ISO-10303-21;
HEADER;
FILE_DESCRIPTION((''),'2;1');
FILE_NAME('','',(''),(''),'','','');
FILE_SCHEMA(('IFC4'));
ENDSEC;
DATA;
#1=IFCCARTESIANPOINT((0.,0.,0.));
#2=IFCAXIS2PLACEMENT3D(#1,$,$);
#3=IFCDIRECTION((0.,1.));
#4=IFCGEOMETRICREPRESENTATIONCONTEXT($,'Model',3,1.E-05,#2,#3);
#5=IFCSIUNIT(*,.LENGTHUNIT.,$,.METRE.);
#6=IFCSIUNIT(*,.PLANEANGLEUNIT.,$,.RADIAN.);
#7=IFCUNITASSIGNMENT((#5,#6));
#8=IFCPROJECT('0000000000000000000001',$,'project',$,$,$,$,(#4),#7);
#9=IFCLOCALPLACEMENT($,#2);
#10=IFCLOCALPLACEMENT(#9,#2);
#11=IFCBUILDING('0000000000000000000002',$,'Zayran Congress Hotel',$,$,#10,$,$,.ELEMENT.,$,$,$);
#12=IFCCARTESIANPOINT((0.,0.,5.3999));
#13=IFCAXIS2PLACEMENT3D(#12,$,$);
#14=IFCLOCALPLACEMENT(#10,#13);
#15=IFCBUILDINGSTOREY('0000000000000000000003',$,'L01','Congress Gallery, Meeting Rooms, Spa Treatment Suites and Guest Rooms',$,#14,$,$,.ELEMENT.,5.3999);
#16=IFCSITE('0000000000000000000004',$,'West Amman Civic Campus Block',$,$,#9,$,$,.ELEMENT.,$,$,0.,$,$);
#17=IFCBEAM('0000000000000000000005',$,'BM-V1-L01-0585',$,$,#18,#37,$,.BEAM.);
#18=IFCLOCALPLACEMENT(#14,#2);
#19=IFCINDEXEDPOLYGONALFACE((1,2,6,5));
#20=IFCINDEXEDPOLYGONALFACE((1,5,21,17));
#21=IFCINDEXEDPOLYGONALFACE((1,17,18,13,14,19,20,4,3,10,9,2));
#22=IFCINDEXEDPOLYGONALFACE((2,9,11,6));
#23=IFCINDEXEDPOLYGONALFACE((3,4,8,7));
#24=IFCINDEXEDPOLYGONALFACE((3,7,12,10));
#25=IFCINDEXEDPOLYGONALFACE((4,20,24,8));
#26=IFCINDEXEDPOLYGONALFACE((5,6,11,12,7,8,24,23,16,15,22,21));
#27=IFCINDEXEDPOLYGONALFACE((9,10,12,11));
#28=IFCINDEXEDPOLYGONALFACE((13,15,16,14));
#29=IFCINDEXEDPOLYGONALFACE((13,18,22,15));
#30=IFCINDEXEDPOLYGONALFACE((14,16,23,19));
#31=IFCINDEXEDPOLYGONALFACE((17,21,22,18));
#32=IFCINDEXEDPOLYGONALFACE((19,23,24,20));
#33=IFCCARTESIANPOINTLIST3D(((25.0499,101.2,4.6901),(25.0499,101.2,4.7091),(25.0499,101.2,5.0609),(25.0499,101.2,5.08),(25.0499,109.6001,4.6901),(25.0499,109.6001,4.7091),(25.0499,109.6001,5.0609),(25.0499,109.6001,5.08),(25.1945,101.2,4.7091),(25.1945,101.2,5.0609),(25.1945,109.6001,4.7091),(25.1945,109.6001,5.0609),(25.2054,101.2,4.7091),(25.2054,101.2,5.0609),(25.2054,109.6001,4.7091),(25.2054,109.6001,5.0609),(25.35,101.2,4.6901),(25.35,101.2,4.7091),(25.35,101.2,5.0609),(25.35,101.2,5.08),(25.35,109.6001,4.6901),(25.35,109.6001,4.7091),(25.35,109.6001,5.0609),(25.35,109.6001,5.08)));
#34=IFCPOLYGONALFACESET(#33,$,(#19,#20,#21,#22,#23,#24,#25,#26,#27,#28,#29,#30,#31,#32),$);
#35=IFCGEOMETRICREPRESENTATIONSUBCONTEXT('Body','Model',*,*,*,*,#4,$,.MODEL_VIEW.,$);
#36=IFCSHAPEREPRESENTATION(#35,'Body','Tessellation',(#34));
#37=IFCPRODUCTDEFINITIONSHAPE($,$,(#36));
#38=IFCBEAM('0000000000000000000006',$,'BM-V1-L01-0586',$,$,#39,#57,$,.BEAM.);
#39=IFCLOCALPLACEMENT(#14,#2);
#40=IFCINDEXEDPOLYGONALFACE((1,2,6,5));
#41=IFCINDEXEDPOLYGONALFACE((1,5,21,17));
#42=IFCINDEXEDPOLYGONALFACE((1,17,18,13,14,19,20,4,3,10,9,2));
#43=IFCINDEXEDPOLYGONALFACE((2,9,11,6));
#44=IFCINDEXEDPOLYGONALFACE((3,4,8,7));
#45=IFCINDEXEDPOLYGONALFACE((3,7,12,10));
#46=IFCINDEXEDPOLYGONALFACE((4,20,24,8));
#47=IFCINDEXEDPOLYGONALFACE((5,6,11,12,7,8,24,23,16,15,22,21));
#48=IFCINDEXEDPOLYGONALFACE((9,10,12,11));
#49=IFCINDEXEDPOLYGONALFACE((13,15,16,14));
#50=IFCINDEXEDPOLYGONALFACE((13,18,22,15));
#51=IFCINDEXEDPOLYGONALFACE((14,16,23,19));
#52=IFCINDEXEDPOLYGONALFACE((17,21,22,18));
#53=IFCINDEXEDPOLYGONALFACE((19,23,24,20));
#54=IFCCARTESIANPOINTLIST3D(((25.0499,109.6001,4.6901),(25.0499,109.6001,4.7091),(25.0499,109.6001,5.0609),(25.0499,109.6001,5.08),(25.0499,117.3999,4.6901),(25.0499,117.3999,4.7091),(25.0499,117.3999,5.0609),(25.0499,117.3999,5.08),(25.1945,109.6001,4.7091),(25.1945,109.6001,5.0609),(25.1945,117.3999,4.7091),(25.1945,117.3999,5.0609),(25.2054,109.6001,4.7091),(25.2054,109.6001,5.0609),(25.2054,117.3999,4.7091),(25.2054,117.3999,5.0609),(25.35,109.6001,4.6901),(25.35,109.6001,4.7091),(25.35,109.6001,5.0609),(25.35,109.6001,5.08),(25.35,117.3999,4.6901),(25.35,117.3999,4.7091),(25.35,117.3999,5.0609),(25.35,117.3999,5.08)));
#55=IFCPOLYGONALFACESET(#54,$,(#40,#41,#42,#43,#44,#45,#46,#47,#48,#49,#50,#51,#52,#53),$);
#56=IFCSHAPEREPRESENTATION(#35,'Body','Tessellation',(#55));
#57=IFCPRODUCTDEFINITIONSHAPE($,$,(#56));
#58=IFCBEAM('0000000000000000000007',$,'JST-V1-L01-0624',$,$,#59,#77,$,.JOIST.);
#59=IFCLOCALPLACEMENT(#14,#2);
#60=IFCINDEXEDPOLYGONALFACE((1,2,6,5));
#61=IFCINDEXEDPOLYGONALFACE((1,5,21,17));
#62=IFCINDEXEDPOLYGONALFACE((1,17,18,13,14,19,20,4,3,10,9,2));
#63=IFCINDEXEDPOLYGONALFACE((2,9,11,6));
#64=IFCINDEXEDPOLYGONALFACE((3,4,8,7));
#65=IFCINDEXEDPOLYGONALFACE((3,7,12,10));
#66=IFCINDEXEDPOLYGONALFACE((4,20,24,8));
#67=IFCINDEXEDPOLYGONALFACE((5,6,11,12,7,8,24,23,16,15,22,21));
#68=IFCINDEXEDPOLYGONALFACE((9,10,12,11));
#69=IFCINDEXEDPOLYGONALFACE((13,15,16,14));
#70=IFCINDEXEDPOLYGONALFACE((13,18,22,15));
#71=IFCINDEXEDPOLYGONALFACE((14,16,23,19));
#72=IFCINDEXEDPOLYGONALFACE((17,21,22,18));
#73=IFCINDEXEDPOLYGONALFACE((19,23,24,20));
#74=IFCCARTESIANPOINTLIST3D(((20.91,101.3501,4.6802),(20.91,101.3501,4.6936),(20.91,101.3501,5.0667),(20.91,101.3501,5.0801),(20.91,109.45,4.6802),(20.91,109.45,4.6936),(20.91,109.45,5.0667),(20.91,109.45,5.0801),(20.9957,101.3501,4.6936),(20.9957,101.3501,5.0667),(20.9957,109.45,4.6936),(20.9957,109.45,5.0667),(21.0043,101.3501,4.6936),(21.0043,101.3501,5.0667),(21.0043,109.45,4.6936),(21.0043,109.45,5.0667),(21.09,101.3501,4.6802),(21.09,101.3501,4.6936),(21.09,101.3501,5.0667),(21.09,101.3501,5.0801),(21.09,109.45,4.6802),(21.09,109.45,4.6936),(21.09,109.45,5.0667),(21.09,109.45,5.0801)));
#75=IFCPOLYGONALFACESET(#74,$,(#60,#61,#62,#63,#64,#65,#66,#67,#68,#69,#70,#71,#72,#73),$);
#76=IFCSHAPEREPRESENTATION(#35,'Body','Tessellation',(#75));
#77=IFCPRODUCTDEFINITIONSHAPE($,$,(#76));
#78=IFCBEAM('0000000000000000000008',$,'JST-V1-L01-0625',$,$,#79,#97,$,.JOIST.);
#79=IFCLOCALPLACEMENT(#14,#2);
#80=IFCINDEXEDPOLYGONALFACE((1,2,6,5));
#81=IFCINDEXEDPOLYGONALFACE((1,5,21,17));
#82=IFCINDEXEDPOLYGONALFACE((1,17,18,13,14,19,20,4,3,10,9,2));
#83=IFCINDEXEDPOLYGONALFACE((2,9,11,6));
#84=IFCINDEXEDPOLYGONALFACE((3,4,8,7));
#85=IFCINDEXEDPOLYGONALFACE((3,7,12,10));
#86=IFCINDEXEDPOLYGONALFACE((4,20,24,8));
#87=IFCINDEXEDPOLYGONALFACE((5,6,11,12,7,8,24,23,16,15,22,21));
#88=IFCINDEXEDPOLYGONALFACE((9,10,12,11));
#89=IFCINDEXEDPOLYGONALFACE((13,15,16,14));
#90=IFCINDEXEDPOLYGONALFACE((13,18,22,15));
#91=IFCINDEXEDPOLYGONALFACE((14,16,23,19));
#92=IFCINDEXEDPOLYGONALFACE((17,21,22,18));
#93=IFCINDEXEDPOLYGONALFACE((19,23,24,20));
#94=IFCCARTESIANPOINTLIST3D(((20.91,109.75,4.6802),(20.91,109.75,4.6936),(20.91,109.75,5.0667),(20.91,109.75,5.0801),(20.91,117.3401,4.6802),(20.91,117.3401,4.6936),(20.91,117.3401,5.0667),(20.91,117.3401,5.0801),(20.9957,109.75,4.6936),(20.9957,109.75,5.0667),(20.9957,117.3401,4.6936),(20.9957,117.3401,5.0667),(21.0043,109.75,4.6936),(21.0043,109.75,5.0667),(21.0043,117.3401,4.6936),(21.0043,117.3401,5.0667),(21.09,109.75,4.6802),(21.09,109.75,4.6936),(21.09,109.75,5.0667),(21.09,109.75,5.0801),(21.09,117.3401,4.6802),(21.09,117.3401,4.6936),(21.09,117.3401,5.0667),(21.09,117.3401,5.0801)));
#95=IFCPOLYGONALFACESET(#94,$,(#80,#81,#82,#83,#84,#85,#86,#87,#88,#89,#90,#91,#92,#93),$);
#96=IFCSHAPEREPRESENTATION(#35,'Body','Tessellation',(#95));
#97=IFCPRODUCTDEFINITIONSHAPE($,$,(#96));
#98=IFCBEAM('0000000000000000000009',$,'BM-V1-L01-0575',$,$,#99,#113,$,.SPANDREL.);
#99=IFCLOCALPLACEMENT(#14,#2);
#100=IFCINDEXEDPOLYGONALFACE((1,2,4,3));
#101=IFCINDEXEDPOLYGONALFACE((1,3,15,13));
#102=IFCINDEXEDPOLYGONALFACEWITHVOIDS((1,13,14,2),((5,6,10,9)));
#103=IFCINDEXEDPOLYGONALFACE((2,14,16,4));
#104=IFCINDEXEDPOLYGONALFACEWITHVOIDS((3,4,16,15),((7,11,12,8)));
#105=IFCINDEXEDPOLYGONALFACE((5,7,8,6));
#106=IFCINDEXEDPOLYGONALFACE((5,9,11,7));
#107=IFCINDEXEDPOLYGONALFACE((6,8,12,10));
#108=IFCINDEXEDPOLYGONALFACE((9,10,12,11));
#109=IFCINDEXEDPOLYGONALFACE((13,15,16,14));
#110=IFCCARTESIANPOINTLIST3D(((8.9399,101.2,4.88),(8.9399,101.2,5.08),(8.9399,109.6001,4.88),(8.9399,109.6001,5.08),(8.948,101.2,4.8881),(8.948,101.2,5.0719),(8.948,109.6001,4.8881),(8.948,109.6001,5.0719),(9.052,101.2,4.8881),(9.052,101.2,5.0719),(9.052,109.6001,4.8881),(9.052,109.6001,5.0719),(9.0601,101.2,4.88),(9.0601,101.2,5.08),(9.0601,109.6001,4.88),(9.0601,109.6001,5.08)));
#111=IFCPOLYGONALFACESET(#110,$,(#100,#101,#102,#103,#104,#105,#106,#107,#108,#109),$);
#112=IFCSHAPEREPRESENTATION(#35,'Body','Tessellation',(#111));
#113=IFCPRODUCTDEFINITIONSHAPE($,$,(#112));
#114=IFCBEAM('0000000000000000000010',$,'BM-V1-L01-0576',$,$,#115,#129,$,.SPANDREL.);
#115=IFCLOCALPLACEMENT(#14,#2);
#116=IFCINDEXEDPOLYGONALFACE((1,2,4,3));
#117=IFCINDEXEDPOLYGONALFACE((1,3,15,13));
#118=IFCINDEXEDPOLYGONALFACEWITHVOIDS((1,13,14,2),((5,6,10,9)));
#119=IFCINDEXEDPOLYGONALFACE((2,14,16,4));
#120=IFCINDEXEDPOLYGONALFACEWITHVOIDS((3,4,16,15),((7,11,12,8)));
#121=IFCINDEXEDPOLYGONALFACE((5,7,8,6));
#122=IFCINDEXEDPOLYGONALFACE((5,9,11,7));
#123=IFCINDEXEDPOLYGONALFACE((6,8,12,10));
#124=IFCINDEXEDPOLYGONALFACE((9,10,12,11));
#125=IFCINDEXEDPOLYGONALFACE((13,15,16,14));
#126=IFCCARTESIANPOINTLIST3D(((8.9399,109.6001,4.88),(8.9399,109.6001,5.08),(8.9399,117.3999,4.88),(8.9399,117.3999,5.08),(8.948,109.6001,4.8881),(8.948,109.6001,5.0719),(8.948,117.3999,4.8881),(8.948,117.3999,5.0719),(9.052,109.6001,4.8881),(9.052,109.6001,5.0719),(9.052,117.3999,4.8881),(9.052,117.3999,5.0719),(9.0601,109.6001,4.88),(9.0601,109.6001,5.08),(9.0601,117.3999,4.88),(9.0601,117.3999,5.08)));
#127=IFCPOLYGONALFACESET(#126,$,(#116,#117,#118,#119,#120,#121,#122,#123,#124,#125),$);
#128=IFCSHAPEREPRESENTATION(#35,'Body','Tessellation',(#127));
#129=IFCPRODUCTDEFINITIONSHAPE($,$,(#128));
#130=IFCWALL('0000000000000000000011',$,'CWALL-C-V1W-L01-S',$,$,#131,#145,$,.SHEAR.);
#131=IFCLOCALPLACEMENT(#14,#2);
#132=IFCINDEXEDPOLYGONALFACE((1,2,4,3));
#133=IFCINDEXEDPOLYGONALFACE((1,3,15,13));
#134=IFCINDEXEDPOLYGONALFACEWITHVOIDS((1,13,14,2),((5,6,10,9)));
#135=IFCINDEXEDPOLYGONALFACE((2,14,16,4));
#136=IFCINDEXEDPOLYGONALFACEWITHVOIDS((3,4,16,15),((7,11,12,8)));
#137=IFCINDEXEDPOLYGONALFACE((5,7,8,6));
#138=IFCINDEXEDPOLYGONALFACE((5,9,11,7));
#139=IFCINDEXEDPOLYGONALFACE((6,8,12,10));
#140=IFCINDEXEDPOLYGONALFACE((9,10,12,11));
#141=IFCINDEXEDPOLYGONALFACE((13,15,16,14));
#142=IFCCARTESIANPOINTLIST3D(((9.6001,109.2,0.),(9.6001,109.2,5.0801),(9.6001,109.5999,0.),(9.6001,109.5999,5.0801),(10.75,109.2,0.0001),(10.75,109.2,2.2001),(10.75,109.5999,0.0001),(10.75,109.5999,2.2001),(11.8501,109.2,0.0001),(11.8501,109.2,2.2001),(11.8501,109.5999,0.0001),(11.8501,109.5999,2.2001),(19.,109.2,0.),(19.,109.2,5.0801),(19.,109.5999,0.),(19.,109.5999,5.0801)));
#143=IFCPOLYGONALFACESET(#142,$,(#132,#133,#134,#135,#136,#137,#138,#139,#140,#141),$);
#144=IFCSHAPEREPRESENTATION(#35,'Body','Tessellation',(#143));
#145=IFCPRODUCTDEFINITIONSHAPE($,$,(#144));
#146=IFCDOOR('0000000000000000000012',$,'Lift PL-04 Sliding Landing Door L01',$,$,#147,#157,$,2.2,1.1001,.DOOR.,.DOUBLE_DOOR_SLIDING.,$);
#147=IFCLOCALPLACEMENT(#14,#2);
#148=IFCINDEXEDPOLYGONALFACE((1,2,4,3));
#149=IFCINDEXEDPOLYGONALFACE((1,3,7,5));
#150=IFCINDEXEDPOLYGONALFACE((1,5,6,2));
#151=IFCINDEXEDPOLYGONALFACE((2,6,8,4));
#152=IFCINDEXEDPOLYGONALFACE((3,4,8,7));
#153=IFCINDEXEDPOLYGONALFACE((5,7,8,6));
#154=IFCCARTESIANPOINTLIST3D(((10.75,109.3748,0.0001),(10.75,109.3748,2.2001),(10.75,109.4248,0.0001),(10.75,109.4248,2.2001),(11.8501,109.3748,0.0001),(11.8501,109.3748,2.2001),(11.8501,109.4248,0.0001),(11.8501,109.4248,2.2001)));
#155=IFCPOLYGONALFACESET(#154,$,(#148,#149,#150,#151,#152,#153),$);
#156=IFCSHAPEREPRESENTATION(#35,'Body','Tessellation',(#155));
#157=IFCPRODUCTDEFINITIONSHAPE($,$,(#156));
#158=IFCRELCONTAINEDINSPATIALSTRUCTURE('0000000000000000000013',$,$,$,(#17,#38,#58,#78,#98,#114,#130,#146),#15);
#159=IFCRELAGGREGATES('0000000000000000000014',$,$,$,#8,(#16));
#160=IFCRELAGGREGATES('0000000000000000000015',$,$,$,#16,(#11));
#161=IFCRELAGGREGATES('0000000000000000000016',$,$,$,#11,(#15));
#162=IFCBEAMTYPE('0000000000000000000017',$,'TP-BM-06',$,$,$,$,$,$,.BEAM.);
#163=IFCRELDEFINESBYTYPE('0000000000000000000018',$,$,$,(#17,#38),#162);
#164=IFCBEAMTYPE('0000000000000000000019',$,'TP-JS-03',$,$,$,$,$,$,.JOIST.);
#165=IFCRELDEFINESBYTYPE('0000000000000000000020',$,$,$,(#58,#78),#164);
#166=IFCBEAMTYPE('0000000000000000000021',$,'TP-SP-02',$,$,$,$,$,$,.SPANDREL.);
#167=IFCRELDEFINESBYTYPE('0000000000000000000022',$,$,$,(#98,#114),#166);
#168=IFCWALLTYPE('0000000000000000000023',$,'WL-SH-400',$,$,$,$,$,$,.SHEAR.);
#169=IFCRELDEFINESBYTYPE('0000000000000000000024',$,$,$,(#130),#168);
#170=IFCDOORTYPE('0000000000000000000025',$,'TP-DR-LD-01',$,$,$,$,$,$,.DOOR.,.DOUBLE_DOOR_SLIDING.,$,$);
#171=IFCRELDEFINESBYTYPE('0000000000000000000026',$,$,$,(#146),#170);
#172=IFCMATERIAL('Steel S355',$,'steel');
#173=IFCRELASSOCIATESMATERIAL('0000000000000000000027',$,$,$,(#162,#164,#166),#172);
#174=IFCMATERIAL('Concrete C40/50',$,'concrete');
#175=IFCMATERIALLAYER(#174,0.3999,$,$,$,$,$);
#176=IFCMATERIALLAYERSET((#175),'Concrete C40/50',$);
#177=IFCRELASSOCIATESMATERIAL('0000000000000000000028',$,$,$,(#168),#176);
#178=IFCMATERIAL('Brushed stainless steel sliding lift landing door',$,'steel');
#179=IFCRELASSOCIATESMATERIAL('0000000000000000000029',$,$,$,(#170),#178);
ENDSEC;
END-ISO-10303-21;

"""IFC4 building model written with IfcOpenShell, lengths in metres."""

from ifc_helpers import new_model, si_unit, direction, frame, frame_2d, origin, origin_2d, place, context, subcontext, project, spatial, rectangle, hollow_rectangle, i_section, extrude, material, layer, layer_set, material_profile, profile_set, type_object, element, fill, save


model = new_model("IFC4")

# Units and contexts
model_context = context("Model", 3, precision=1e-05, world=origin(), true_north=direction((0.0, 1.0)))
body_context = subcontext(model_context, "Body", "Model", "MODEL_VIEW")
ifc_project = project(units=[si_unit("LENGTHUNIT", "METRE"), si_unit("PLANEANGLEUNIT", "RADIAN")], contexts=[model_context])

# Site, building, storey
site_placement = place(None, origin())
site = spatial("IfcSite", under=ifc_project, at=site_placement, Name="West Amman Civic Campus Block", CompositionType="ELEMENT", RefElevation=0.0)
building_placement = place(site_placement, origin())
building = spatial("IfcBuilding", under=site, at=building_placement, Name="Zayran Congress Hotel", CompositionType="ELEMENT")
storey_placement = place(building_placement, frame((0.0, 0.0, 5.3999)))
storey = spatial("IfcBuildingStorey", under=building, at=storey_placement, Name="L01", Description="Congress Gallery, Meeting Rooms, Spa Treatment Suites and Guest Rooms", CompositionType="ELEMENT", Elevation=5.3999)

# Shared definitions
ifc_material_1 = material(Name="Concrete C40/50", Category="concrete")

# Beams
ifc_material_2 = material(Name="Steel S355", Category="steel")
ifc_material_profile_1 = material_profile(ifc_material_2, i_section(OverallWidth=0.3, OverallDepth=0.3899, WebThickness=0.011, FlangeThickness=0.019, at=origin_2d()), Name="HEA 400")
ifc_profile_set_1 = profile_set([ifc_material_profile_1], Name="Steel S355")
beam_type_1 = type_object("IfcBeamType", Name="TP-BM-06", PredefinedType="BEAM", material=ifc_profile_set_1)
for number, where, z_axis, x_axis, name in (
    (1, (25.2, 101.2, 4.885), (0.0, 1.0, 0.0), (-1.0, 0.0, 0.0), "BM-V1-L01-0585"),
):
    element("IfcBeam", number, at=place(storey_placement, frame(where, z_axis=z_axis, x_axis=x_axis)), inside=storey, type_object=beam_type_1, Name=name, PredefinedType="BEAM", context=body_context, shape_type="SweptSolid", body=[
        extrude(i_section(OverallWidth=0.3, OverallDepth=0.3899, WebThickness=0.011, FlangeThickness=0.019, at=origin_2d()), origin(), (0.0, 0.0, 1.0), 8.4001),
    ])
beam_1_placement = place(storey_placement, frame((25.2, 109.6001, 4.885), z_axis=(0.0, 1.0, 0.0), x_axis=(-1.0, 0.0, 0.0)))
element("IfcBeam", 2, at=beam_1_placement, inside=storey, type_object=beam_type_1, Name="BM-V1-L01-0586", PredefinedType="BEAM", context=body_context, shape_type="SweptSolid", body=[
    extrude(i_section(OverallWidth=0.3, OverallDepth=0.3899, WebThickness=0.011, FlangeThickness=0.019, at=origin_2d()), origin(), (0.0, 0.0, 1.0), 7.7998),
])
ifc_material_profile_2 = material_profile(ifc_material_2, i_section(OverallWidth=0.1799, OverallDepth=0.3999, WebThickness=0.0085, FlangeThickness=0.0134, at=origin_2d()), Name="IPE 400")
ifc_profile_set_2 = profile_set([ifc_material_profile_2], Name="Steel S355")
beam_type_2 = type_object("IfcBeamType", Name="TP-JS-03", PredefinedType="JOIST", material=ifc_profile_set_2)
beam_2_placement = place(storey_placement, frame((21.0, 101.3501, 4.8801), z_axis=(0.0, 1.0, 0.0), x_axis=(-1.0, 0.0, 0.0)))
element("IfcBeam", 3, at=beam_2_placement, inside=storey, type_object=beam_type_2, Name="JST-V1-L01-0624", PredefinedType="JOIST", context=body_context, shape_type="SweptSolid", body=[
    extrude(i_section(OverallWidth=0.1799, OverallDepth=0.3999, WebThickness=0.0085, FlangeThickness=0.0134, at=origin_2d()), origin(), (0.0, 0.0, 1.0), 8.0999),
])
beam_3_placement = place(storey_placement, frame((21.0, 109.75, 4.8801), z_axis=(0.0, 1.0, 0.0), x_axis=(-1.0, 0.0, 0.0)))
element("IfcBeam", 4, at=beam_3_placement, inside=storey, type_object=beam_type_2, Name="JST-V1-L01-0625", PredefinedType="JOIST", context=body_context, shape_type="SweptSolid", body=[
    extrude(i_section(OverallWidth=0.1799, OverallDepth=0.3999, WebThickness=0.0085, FlangeThickness=0.0134, at=origin_2d()), origin(), (0.0, 0.0, 1.0), 7.5901),
])
ifc_material_profile_3 = material_profile(ifc_material_2, hollow_rectangle(XDim=0.1201, YDim=0.2, WallThickness=0.0081, at=origin_2d()), Name="RHS 200x120x8")
ifc_profile_set_3 = profile_set([ifc_material_profile_3], Name="Steel S355")
beam_type_3 = type_object("IfcBeamType", Name="TP-SP-02", PredefinedType="SPANDREL", material=ifc_profile_set_3)
beam_4_placement = place(storey_placement, frame((9.0, 101.2, 4.98), z_axis=(0.0, 1.0, 0.0), x_axis=(-1.0, 0.0, 0.0)))
element("IfcBeam", 5, at=beam_4_placement, inside=storey, type_object=beam_type_3, Name="BM-V1-L01-0575", PredefinedType="SPANDREL", context=body_context, shape_type="SweptSolid", body=[
    extrude(hollow_rectangle(XDim=0.1201, YDim=0.2, WallThickness=0.0081, at=origin_2d()), origin(), (0.0, 0.0, 1.0), 8.4001),
])
beam_5_placement = place(storey_placement, frame((9.0, 109.6001, 4.98), z_axis=(0.0, 1.0, 0.0), x_axis=(-1.0, 0.0, 0.0)))
element("IfcBeam", 6, at=beam_5_placement, inside=storey, type_object=beam_type_3, Name="BM-V1-L01-0576", PredefinedType="SPANDREL", context=body_context, shape_type="SweptSolid", body=[
    extrude(hollow_rectangle(XDim=0.1201, YDim=0.2, WallThickness=0.0081, at=origin_2d()), origin(), (0.0, 0.0, 1.0), 7.7998),
])

# Wall, opening, door
ifc_layer_1 = layer(ifc_material_1, 0.3999)
ifc_layer_set_1 = layer_set([ifc_layer_1], Name="Concrete C40/50")
wall_type_1 = type_object("IfcWallType", Name="WL-SH-400", PredefinedType="SHEAR", material=ifc_layer_set_1)
wall_1_placement = place(storey_placement, frame((9.6001, 109.3999, 0.0), z_axis=(0.0, 0.0, 1.0), x_axis=(1.0, 0.0, 0.0)))
wall_1 = element("IfcWall", 7, at=wall_1_placement, inside=storey, type_object=wall_type_1, Name="CWALL-C-V1W-L01-S", PredefinedType="SHEAR", context=body_context, shape_type="SweptSolid", body=[
    extrude(rectangle(XDim=9.3999, YDim=0.3999, at=frame_2d((4.7, 0.0))), origin(), (0.0, 0.0, 1.0), 5.0801),
])
opening_1_placement = place(wall_1_placement, frame((1.1499, 0.0, 0.0)))
opening_1 = element("IfcOpeningElement", 8, at=opening_1_placement, cuts=wall_1, PredefinedType="OPENING", context=body_context, shape_type="SweptSolid", body=[
    extrude(rectangle(XDim=1.1001, YDim=2.2, at=frame_2d((0.55, 1.1001))), frame((0.0, 0.21, 0.0), z_axis=(0.0, -1.0, 0.0), x_axis=(1.0, 0.0, 0.0)), (0.0, 0.0, 1.0), 0.4199),
])
ifc_material_3 = material(Name="Brushed stainless steel sliding lift landing door", Category="steel")
door_type_1 = type_object("IfcDoorType", Name="TP-DR-LD-01", OperationType="DOUBLE_DOOR_SLIDING", PredefinedType="DOOR", material=ifc_material_3)
door_1_placement = place(opening_1_placement, origin())
door_1 = element("IfcDoor", 9, at=door_1_placement, inside=storey, type_object=door_type_1, Name="Lift PL-04 Sliding Landing Door L01", OperationType="DOUBLE_DOOR_SLIDING", OverallHeight=2.2, OverallWidth=1.1001, PredefinedType="DOOR", context=body_context, shape_type="SweptSolid", body=[
    extrude(rectangle(XDim=1.1001, YDim=2.2, at=frame_2d((0.55, 1.1001))), frame((0.0, 0.0249, 0.0), z_axis=(0.0, -1.0, 0.0), x_axis=(1.0, 0.0, 0.0)), (0.0, 0.0, 1.0), 0.05),
])
fill(opening_1, door_1)

save(model, "model.ifc")
